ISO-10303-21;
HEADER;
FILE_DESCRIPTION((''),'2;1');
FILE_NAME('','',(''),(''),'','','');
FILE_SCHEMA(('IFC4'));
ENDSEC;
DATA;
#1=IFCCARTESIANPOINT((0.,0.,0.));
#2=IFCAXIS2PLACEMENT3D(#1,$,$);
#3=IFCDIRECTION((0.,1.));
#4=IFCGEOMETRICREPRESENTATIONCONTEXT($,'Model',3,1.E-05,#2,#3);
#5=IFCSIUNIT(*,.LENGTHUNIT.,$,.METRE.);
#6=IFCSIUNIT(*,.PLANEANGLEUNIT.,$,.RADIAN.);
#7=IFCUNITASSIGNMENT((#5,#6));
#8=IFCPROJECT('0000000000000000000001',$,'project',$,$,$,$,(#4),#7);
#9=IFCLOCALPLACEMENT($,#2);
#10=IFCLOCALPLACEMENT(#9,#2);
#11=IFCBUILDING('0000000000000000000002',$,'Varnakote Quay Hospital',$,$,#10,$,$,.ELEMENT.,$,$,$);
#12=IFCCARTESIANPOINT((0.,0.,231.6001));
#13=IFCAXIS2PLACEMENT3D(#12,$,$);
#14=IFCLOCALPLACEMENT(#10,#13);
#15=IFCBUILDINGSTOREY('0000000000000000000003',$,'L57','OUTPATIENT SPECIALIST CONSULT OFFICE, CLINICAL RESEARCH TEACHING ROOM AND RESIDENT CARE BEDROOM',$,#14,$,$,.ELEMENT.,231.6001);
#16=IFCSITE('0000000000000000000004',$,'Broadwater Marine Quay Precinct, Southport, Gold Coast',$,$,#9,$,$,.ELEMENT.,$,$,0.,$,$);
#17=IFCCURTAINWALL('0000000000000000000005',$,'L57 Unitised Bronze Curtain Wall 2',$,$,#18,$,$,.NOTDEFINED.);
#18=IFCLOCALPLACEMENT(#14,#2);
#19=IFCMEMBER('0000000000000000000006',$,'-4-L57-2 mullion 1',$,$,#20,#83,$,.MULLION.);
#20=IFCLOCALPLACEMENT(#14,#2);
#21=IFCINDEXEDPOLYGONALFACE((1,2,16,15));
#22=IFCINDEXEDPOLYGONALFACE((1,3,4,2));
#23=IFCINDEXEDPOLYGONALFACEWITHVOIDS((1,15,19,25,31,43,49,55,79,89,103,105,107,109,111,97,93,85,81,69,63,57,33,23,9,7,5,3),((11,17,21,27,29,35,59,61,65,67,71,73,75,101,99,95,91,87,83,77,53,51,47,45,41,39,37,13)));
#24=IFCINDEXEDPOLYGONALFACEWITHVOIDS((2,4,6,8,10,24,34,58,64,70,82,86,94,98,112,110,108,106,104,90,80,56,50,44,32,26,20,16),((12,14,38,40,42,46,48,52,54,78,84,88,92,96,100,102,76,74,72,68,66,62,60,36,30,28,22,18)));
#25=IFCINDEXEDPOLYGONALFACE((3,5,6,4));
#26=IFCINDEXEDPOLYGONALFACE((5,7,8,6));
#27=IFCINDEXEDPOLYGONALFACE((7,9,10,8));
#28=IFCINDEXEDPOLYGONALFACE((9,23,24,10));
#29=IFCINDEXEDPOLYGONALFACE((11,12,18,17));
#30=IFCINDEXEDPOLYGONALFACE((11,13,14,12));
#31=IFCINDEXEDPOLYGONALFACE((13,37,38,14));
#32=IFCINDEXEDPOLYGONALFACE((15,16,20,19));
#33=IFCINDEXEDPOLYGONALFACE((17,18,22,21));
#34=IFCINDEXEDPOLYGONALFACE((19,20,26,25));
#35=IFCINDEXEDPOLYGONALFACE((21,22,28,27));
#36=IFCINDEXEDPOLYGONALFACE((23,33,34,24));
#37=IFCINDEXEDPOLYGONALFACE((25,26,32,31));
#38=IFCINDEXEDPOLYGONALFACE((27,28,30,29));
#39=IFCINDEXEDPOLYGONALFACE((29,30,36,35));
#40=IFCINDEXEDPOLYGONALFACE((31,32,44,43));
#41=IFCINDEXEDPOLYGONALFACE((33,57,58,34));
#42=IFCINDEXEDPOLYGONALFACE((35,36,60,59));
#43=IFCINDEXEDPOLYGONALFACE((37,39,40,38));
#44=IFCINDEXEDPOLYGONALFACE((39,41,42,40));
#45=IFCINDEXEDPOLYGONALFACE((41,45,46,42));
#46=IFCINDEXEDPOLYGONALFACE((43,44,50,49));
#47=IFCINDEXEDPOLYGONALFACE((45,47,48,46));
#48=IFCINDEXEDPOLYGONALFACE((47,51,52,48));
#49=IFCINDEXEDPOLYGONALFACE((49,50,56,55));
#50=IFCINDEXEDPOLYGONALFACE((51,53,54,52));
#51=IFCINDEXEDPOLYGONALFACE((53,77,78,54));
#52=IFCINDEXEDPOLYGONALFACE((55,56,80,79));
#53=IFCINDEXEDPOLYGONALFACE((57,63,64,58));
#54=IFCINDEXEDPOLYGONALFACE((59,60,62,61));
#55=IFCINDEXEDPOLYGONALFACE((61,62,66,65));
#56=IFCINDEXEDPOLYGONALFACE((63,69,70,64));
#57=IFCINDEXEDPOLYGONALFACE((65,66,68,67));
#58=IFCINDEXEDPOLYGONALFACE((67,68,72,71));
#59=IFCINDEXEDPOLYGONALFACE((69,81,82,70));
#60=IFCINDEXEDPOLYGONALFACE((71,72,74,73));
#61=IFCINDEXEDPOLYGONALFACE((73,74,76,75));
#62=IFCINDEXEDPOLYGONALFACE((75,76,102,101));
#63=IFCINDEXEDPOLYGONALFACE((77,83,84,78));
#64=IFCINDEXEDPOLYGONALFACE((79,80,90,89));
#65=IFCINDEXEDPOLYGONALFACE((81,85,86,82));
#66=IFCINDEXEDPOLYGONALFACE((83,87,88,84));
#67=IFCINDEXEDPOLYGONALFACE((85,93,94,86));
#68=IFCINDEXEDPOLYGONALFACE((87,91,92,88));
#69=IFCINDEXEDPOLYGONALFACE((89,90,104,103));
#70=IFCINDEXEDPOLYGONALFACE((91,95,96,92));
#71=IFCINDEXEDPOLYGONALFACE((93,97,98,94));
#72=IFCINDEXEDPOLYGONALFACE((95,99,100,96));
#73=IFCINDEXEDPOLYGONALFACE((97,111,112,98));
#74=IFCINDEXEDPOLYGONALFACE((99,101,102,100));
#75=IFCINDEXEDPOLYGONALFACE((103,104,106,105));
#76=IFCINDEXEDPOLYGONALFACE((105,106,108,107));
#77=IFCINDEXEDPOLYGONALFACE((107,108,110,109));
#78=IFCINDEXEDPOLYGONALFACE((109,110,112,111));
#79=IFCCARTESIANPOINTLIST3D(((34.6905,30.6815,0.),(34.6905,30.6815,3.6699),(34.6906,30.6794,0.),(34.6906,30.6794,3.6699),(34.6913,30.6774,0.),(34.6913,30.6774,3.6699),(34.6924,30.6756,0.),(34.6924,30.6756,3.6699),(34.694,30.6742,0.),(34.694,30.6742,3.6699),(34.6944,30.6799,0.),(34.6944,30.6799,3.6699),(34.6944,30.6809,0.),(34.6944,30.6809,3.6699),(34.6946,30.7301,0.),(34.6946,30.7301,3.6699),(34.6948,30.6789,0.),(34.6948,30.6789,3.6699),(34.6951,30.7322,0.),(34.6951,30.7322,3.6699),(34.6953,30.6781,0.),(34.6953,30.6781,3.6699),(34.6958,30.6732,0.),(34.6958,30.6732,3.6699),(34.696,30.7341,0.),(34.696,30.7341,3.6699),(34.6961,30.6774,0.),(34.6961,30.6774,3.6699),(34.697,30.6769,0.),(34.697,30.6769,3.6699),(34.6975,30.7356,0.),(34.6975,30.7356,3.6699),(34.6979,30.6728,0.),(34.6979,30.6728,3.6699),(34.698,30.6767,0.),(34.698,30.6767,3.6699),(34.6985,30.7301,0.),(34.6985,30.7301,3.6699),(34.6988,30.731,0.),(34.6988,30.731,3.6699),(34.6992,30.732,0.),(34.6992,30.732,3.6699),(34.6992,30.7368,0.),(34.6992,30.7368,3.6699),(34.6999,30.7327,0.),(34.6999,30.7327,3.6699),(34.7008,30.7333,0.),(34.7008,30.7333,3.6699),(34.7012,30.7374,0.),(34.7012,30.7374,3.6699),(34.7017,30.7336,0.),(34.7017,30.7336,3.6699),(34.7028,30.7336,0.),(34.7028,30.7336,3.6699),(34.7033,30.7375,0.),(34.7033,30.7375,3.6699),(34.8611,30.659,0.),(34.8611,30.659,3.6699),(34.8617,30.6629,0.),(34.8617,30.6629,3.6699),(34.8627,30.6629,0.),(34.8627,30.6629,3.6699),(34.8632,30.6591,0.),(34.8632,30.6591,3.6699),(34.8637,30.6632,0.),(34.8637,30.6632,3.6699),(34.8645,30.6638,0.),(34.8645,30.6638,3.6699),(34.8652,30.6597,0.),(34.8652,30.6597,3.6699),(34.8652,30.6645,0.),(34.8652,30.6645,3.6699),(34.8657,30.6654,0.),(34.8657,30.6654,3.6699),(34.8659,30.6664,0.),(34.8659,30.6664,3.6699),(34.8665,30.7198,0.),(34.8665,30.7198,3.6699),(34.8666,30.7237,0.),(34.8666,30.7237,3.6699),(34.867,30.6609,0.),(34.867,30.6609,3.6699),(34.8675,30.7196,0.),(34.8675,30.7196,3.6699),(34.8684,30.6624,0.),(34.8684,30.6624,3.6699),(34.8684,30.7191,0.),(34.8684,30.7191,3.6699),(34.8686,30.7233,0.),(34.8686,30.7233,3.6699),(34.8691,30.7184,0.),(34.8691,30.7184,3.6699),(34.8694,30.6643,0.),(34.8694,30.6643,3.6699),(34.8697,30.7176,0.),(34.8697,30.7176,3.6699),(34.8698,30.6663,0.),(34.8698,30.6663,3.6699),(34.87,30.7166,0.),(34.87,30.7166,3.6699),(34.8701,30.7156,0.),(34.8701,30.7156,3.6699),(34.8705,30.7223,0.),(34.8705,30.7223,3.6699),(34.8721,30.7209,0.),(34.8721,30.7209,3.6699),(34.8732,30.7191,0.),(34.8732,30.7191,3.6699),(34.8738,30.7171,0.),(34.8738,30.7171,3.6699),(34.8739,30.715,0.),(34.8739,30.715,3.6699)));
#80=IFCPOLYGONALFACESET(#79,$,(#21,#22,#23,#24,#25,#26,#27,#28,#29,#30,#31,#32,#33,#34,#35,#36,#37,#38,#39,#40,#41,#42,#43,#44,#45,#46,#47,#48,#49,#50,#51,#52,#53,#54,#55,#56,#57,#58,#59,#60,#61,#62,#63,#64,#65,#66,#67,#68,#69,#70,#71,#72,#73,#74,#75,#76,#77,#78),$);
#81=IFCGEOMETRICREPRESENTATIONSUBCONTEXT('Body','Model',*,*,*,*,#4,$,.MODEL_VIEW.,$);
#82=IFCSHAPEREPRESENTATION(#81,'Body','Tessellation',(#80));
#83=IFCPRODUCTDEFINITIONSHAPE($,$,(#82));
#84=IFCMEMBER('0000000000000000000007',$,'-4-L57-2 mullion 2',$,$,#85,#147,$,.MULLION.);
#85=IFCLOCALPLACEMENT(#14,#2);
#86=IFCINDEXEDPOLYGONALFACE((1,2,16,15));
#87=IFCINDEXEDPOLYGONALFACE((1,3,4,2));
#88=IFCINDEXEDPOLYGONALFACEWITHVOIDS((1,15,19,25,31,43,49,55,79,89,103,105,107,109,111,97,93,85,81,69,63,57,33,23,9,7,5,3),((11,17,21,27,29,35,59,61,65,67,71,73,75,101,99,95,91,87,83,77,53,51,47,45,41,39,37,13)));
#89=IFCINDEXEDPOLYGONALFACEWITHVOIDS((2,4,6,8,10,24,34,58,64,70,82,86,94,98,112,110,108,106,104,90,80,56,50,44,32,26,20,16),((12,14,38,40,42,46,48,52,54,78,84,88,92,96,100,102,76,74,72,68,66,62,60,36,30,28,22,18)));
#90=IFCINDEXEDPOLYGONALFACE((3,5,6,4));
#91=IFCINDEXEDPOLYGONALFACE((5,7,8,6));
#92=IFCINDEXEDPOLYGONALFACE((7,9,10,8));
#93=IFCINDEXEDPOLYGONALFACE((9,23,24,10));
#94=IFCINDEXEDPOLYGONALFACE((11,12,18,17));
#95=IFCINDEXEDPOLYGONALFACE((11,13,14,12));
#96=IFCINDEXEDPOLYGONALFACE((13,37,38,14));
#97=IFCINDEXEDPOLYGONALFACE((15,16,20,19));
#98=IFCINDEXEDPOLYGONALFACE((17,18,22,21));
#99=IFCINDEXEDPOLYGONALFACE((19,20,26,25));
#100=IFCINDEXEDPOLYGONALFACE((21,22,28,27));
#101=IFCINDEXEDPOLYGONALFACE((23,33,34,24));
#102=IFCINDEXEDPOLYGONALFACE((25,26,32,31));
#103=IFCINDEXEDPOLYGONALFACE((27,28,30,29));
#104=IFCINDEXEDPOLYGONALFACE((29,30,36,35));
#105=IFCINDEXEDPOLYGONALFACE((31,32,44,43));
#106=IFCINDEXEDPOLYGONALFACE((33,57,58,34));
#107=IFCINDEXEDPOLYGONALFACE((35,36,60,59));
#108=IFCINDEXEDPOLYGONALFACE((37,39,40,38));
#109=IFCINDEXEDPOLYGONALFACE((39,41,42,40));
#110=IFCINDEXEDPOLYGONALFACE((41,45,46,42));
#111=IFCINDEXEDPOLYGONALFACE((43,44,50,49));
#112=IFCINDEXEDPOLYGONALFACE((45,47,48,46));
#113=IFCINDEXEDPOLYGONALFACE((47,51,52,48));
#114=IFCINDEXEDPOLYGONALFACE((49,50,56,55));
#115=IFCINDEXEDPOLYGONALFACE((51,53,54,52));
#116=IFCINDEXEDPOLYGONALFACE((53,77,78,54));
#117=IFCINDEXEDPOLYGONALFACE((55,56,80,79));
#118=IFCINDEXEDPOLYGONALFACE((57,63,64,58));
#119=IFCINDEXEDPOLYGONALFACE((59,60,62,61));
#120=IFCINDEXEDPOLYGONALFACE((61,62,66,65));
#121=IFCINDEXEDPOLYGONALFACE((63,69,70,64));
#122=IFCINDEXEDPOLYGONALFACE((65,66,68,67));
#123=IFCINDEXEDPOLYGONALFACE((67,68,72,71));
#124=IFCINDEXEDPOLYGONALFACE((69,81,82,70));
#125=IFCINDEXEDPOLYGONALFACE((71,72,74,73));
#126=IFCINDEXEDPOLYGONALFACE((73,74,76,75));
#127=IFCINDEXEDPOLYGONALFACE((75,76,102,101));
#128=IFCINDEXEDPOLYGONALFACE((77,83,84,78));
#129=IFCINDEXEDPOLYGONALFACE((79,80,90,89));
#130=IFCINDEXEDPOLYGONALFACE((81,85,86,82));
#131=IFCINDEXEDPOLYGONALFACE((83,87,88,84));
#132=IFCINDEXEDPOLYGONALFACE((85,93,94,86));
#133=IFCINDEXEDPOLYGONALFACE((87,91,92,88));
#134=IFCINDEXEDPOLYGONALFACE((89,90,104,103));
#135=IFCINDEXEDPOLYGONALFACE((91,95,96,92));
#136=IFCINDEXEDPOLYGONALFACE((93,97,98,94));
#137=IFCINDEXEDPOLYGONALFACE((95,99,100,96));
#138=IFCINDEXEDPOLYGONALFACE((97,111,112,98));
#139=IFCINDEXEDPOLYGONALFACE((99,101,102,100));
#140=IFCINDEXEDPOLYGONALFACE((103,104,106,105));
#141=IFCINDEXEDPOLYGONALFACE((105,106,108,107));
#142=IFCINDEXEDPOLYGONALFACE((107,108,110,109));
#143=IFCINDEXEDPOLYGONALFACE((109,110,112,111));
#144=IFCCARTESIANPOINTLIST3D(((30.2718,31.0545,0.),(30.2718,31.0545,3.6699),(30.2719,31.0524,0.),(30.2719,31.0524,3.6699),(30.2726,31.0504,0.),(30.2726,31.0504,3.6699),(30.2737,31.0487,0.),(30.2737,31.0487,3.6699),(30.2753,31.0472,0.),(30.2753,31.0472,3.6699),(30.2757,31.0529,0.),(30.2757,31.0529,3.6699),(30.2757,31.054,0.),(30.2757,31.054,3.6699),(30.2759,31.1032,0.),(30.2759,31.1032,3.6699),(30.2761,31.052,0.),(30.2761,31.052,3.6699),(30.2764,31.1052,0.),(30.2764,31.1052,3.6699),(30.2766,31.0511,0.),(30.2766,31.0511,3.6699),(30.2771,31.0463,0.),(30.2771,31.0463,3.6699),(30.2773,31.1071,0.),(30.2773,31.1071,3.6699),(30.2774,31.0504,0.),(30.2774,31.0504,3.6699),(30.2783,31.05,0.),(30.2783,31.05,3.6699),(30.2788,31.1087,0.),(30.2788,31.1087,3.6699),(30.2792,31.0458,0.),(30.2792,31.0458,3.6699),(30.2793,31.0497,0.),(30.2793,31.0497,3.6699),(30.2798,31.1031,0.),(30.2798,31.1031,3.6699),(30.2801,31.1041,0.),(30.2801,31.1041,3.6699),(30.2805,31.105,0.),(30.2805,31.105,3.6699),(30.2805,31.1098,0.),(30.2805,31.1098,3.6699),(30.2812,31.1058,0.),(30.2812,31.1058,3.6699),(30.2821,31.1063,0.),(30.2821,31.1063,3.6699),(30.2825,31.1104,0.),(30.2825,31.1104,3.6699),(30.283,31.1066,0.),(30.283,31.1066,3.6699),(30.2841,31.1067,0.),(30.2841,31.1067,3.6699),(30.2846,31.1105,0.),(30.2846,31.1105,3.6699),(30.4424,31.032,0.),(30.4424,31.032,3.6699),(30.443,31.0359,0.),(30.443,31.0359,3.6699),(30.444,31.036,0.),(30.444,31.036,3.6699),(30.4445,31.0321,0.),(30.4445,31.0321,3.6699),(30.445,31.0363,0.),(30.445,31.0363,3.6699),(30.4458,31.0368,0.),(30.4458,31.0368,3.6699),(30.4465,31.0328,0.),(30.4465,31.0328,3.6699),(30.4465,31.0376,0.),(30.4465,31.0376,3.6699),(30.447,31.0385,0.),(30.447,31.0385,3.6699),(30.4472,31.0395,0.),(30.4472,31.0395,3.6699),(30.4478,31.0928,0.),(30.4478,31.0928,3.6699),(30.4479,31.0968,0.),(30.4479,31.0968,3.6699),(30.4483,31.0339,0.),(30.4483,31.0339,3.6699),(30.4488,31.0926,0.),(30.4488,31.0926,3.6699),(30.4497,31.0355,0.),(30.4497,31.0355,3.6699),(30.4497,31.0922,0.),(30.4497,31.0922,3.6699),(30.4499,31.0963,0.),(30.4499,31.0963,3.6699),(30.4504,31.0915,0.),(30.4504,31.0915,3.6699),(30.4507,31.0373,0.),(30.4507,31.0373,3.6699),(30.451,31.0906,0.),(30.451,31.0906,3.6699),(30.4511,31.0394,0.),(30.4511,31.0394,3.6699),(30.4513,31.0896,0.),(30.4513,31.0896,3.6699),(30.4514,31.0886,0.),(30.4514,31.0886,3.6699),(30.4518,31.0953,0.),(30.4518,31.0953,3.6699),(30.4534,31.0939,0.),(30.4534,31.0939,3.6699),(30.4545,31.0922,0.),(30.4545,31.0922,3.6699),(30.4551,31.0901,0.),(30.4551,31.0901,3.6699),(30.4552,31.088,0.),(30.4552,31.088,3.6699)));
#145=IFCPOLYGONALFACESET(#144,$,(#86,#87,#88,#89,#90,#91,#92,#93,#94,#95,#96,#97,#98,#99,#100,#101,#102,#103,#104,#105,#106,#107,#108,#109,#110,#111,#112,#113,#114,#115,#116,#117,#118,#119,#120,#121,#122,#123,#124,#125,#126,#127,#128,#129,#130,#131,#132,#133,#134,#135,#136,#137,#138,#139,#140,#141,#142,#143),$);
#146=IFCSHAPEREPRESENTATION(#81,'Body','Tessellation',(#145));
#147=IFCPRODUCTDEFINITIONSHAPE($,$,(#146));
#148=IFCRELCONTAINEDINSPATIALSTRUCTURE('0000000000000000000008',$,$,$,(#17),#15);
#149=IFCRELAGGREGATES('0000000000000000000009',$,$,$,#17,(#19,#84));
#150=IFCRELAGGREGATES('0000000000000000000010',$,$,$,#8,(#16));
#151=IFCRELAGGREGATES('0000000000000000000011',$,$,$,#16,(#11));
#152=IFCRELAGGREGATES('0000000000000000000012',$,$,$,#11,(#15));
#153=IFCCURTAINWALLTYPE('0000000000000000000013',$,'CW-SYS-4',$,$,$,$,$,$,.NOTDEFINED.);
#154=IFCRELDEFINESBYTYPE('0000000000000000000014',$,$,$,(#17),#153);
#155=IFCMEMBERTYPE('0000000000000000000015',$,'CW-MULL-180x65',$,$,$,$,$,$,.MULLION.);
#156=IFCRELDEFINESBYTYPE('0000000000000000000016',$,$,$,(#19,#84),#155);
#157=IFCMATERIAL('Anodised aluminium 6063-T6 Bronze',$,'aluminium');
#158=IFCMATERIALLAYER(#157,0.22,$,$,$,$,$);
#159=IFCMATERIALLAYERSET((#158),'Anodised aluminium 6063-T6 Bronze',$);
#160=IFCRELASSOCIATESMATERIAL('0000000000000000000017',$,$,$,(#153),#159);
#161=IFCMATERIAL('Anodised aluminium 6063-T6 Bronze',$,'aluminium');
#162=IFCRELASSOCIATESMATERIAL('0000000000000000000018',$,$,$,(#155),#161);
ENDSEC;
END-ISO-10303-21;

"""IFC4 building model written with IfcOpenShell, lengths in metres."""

from ifc_helpers import new_model, si_unit, direction, frame, origin, origin_2d, place, context, subcontext, project, spatial, hollow_rectangle, extrude, material, layer, layer_set, material_profile, profile_set, type_object, element, aggregate, save


model = new_model("IFC4")

# Units and contexts
model_context = context("Model", 3, precision=1e-05, world=origin(), true_north=direction((0.0, 1.0)))
body_context = subcontext(model_context, "Body", "Model", "MODEL_VIEW")
ifc_project = project(units=[si_unit("LENGTHUNIT", "METRE"), si_unit("PLANEANGLEUNIT", "RADIAN")], contexts=[model_context])

# Site, building, storey
site_placement = place(None, origin())
site = spatial("IfcSite", under=ifc_project, at=site_placement, Name="Broadwater Marine Quay Precinct, Southport, Gold Coast", CompositionType="ELEMENT", RefElevation=0.0)
building_placement = place(site_placement, origin())
building = spatial("IfcBuilding", under=site, at=building_placement, Name="Varnakote Quay Hospital", CompositionType="ELEMENT")
storey_placement = place(building_placement, frame((0.0, 0.0, 231.6001)))
storey = spatial("IfcBuildingStorey", under=building, at=storey_placement, Name="L57", Description="OUTPATIENT SPECIALIST CONSULT OFFICE, CLINICAL RESEARCH TEACHING ROOM AND RESIDENT CARE BEDROOM", CompositionType="ELEMENT", Elevation=231.6001)

# Curtain wall, members
ifc_material_1 = material(Name="Anodised aluminium 6063-T6 Bronze", Category="aluminium")
ifc_layer_1 = layer(ifc_material_1, 0.22)
ifc_layer_set_1 = layer_set([ifc_layer_1], Name="Anodised aluminium 6063-T6 Bronze")
curtain_wall_type = type_object("IfcCurtainWallType", Name="CW-SYS-4", PredefinedType="NOTDEFINED", material=ifc_layer_set_1)
curtain_wall_placement = place(storey_placement, origin())
curtain_wall = element("IfcCurtainWall", 1, at=curtain_wall_placement, inside=storey, type_object=curtain_wall_type, Name="L57 Unitised Bronze Curtain Wall 2", PredefinedType="NOTDEFINED")
ifc_material_2 = material(Name="Anodised aluminium 6063-T6 Bronze", Category="aluminium")
ifc_material_profile_1 = material_profile(ifc_material_2, hollow_rectangle(XDim=0.0649, YDim=0.1799, WallThickness=0.0039, InnerFilletRadius=0.0039, OuterFilletRadius=0.0081, at=origin_2d()), Name="CW-MULL-180x65")
ifc_profile_set_1 = profile_set([ifc_material_profile_1], Name="Anodised aluminium 6063-T6 Bronze")
member_type_1 = type_object("IfcMemberType", Name="CW-MULL-180x65", PredefinedType="MULLION", material=ifc_profile_set_1)
member_1_placement = place(storey_placement, frame((34.7822, 30.6982, 0.0), z_axis=(0.0, 0.0, 1.0), x_axis=(-0.084136, -0.996454, 0.0)))
member_1 = element("IfcMember", 2, at=member_1_placement, type_object=member_type_1, Name="-4-L57-2 mullion 1", PredefinedType="MULLION", context=body_context, shape_type="SweptSolid", body=[
    extrude(hollow_rectangle(XDim=0.0649, YDim=0.1799, WallThickness=0.0039, InnerFilletRadius=0.0039, OuterFilletRadius=0.0081, at=origin_2d()), origin(), (0.0, 0.0, 1.0), 3.6699),
])
member_2_placement = place(storey_placement, frame((30.3635, 31.0713, 0.0), z_axis=(0.0, 0.0, 1.0), x_axis=(-0.084136, -0.996454, 0.0)))
member_2 = element("IfcMember", 3, at=member_2_placement, type_object=member_type_1, Name="-4-L57-2 mullion 2", PredefinedType="MULLION", context=body_context, shape_type="SweptSolid", body=[
    extrude(hollow_rectangle(XDim=0.0649, YDim=0.1799, WallThickness=0.0039, InnerFilletRadius=0.0039, OuterFilletRadius=0.0081, at=origin_2d()), origin(), (0.0, 0.0, 1.0), 3.6699),
])

aggregate(curtain_wall, [member_1, member_2])

save(model, "model.ifc")
